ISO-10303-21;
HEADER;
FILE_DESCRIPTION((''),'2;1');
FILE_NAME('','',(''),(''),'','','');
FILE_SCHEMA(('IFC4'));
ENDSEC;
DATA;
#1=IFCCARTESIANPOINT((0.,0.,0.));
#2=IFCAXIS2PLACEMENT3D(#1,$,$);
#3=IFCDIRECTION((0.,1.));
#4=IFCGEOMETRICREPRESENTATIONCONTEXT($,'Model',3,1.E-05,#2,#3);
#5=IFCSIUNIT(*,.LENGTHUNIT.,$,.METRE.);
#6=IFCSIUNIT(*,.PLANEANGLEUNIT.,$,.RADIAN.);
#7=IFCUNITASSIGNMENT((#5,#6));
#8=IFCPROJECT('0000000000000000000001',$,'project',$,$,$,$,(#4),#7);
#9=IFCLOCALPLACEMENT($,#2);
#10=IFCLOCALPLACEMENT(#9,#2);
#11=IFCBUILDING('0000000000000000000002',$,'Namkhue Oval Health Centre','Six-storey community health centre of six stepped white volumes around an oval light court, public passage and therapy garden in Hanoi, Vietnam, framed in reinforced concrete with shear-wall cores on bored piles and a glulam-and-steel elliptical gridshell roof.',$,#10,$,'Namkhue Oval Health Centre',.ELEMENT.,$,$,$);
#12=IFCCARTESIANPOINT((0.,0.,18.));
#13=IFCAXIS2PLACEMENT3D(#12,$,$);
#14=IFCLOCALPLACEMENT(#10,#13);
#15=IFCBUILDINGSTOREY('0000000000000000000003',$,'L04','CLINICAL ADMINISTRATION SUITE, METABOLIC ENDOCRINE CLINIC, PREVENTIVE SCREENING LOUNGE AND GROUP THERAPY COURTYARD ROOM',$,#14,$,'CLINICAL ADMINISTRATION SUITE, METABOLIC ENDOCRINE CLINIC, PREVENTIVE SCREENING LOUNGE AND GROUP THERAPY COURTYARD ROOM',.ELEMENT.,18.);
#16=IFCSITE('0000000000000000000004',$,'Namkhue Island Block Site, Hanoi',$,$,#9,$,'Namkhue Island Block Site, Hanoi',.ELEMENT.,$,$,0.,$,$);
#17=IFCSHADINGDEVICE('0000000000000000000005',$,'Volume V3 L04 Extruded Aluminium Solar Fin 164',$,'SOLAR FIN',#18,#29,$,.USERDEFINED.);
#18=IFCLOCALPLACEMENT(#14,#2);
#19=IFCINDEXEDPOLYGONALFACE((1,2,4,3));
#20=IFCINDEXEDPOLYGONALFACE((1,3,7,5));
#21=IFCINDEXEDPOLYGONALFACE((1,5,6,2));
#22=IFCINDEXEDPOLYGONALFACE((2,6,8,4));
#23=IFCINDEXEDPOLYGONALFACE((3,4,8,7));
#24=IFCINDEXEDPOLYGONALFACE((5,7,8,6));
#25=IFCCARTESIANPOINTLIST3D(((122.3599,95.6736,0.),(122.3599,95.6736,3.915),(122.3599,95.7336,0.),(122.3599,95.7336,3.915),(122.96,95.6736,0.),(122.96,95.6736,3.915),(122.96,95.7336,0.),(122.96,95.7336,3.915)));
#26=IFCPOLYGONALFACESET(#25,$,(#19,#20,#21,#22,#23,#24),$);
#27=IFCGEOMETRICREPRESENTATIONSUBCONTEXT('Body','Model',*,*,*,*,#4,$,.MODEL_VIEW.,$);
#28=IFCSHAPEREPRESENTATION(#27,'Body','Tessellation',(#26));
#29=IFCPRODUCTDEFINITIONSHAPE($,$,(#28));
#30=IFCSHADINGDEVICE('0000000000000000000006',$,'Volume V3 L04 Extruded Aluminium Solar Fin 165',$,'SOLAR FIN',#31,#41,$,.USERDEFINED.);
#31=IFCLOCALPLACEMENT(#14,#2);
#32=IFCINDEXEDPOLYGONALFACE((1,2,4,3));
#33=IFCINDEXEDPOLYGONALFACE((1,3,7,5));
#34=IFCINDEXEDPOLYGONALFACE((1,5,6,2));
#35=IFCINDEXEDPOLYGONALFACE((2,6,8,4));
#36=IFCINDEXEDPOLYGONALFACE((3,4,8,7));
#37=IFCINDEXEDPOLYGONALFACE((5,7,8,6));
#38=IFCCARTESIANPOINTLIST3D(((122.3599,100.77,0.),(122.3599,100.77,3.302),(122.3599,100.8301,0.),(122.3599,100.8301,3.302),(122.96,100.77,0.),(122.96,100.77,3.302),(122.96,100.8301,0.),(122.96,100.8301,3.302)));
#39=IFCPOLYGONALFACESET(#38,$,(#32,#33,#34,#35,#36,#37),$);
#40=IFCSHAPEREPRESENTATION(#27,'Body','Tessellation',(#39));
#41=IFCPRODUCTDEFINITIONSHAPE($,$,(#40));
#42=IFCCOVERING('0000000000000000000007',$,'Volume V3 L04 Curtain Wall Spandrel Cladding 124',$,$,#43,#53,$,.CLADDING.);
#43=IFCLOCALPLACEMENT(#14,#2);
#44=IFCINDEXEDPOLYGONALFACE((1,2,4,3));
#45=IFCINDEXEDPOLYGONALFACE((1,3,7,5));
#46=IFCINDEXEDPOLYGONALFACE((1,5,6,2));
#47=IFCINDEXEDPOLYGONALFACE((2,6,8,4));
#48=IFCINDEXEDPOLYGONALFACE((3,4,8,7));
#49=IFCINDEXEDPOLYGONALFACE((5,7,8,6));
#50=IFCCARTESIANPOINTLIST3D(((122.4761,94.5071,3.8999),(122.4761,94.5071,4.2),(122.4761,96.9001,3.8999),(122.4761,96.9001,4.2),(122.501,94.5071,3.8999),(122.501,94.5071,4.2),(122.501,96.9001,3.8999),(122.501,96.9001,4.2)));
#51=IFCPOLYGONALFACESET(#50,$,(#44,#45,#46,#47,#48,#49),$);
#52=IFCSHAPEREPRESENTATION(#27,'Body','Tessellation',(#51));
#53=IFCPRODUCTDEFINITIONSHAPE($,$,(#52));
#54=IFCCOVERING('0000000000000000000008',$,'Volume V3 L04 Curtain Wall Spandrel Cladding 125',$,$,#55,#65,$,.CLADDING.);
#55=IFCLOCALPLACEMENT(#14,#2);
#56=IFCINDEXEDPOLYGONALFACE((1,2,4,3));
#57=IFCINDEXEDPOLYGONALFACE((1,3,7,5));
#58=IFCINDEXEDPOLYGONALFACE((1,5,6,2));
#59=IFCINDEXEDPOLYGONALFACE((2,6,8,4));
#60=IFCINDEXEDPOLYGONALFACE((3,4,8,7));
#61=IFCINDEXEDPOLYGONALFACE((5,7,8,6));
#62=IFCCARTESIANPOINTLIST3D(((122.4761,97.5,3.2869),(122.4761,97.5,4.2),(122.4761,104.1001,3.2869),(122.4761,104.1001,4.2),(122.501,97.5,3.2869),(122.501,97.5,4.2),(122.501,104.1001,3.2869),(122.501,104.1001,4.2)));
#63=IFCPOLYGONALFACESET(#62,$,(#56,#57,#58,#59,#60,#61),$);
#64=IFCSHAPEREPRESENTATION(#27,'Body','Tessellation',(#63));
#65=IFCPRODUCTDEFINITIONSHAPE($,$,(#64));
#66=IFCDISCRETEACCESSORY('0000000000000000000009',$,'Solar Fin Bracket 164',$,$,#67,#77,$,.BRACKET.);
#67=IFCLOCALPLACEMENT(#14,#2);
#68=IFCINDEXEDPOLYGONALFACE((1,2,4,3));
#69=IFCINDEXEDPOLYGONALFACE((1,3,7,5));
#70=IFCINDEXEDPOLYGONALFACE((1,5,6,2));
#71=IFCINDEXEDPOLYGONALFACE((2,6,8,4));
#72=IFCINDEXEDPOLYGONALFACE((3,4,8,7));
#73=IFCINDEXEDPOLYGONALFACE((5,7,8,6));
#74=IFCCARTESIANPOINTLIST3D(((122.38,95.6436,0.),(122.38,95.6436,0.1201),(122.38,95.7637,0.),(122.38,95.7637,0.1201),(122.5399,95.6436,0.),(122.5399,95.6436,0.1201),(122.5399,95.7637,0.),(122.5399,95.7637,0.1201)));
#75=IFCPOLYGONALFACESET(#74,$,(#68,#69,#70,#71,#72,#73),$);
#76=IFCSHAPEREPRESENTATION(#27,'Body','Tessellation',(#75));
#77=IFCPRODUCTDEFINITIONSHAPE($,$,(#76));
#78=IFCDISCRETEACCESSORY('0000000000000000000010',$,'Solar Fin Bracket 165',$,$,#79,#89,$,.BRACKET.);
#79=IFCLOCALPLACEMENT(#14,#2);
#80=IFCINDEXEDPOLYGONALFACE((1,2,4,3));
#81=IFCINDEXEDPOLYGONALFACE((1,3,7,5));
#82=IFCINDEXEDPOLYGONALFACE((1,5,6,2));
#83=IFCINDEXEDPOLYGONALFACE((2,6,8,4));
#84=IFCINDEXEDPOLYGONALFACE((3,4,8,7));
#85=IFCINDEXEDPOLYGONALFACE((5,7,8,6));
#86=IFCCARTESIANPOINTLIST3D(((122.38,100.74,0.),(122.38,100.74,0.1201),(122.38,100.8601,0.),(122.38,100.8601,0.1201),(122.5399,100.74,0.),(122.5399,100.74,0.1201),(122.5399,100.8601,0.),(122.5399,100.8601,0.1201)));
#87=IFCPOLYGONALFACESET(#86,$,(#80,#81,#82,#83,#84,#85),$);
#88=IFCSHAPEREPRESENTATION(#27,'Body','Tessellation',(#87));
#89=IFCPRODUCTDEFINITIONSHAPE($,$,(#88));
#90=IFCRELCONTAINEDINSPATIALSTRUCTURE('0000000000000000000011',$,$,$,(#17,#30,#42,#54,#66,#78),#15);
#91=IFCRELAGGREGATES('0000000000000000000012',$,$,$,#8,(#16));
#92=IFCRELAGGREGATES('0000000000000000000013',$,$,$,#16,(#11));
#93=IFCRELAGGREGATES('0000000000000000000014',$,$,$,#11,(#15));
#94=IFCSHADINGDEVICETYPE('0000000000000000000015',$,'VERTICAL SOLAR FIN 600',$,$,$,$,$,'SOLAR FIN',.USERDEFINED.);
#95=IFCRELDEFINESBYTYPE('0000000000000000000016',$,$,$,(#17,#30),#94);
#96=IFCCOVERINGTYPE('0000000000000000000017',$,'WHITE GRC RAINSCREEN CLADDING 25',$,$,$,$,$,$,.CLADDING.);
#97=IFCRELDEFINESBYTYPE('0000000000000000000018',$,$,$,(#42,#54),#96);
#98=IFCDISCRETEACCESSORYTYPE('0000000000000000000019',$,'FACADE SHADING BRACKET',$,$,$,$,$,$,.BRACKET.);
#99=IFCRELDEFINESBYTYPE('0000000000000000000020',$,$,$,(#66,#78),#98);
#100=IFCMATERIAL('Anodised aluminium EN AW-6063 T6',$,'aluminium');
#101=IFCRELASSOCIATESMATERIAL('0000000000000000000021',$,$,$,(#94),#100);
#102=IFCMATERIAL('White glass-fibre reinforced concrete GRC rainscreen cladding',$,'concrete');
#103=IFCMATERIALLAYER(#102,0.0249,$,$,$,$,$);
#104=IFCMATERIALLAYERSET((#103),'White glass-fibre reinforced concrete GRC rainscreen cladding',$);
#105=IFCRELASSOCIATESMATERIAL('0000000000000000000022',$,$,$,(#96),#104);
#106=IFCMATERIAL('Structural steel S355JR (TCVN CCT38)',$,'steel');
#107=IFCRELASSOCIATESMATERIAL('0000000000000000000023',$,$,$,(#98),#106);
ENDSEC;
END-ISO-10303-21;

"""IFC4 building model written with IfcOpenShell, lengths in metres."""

from ifc_helpers import new_model, si_unit, direction, frame, origin, origin_2d, place, context, subcontext, project, spatial, rectangle, extrude, material, layer, layer_set, type_object, element, save


model = new_model("IFC4")

# Units and contexts
model_context = context("Model", 3, precision=1e-05, world=origin(), true_north=direction((0.0, 1.0)))
body_context = subcontext(model_context, "Body", "Model", "MODEL_VIEW")
ifc_project = project(units=[si_unit("LENGTHUNIT", "METRE"), si_unit("PLANEANGLEUNIT", "RADIAN")], contexts=[model_context])

# Site, building, storey
site_placement = place(None, origin())
site = spatial("IfcSite", under=ifc_project, at=site_placement, Name="Namkhue Island Block Site, Hanoi", LongName="Namkhue Island Block Site, Hanoi", CompositionType="ELEMENT", RefElevation=0.0)
building_placement = place(site_placement, origin())
building = spatial("IfcBuilding", under=site, at=building_placement, Name="Namkhue Oval Health Centre", Description="Six-storey community health centre of six stepped white volumes around an oval light court, public passage and therapy garden in Hanoi, Vietnam, framed in reinforced concrete with shear-wall cores on bored piles and a glulam-and-steel elliptical gridshell roof.", LongName="Namkhue Oval Health Centre", CompositionType="ELEMENT")
storey_placement = place(building_placement, frame((0.0, 0.0, 18.0)))
storey = spatial("IfcBuildingStorey", under=building, at=storey_placement, Name="L04", Description="CLINICAL ADMINISTRATION SUITE, METABOLIC ENDOCRINE CLINIC, PREVENTIVE SCREENING LOUNGE AND GROUP THERAPY COURTYARD ROOM", LongName="CLINICAL ADMINISTRATION SUITE, METABOLIC ENDOCRINE CLINIC, PREVENTIVE SCREENING LOUNGE AND GROUP THERAPY COURTYARD ROOM", CompositionType="ELEMENT", Elevation=18.0)

# Shared definitions
ifc_material_1 = material(Name="Anodised aluminium EN AW-6063 T6", Category="aluminium")

# Shading devices
shading_device_type = type_object("IfcShadingDeviceType", Name="VERTICAL SOLAR FIN 600", ElementType="SOLAR FIN", PredefinedType="USERDEFINED", material=ifc_material_1)
shading_device_1_placement = place(storey_placement, frame((122.6599, 95.7036, 0.0), z_axis=(0.0, 0.0, 1.0), x_axis=(1.0, 0.0, 0.0)))
element("IfcShadingDevice", 1, at=shading_device_1_placement, inside=storey, type_object=shading_device_type, Name="Volume V3 L04 Extruded Aluminium Solar Fin 164", ObjectType="SOLAR FIN", PredefinedType="USERDEFINED", context=body_context, shape_type="SweptSolid", body=[
    extrude(rectangle(XDim=0.6001, YDim=0.0601, at=origin_2d()), origin(), (0.0, 0.0, 1.0), 3.915),
])
shading_device_2_placement = place(storey_placement, frame((122.6599, 100.8, 0.0), z_axis=(0.0, 0.0, 1.0), x_axis=(1.0, 0.0, 0.0)))
element("IfcShadingDevice", 2, at=shading_device_2_placement, inside=storey, type_object=shading_device_type, Name="Volume V3 L04 Extruded Aluminium Solar Fin 165", ObjectType="SOLAR FIN", PredefinedType="USERDEFINED", context=body_context, shape_type="SweptSolid", body=[
    extrude(rectangle(XDim=0.6001, YDim=0.0601, at=origin_2d()), origin(), (0.0, 0.0, 1.0), 3.302),
])

# Coverings
ifc_material_2 = material(Name="White glass-fibre reinforced concrete GRC rainscreen cladding", Category="concrete")
ifc_layer_1 = layer(ifc_material_2, 0.0249)
ifc_layer_set_1 = layer_set([ifc_layer_1], Name="White glass-fibre reinforced concrete GRC rainscreen cladding")
covering_type = type_object("IfcCoveringType", Name="WHITE GRC RAINSCREEN CLADDING 25", PredefinedType="CLADDING", material=ifc_layer_set_1)
covering_1_placement = place(storey_placement, frame((122.4885, 95.7036, 3.8999), z_axis=(0.0, 0.0, 1.0), x_axis=(0.0, 1.0, 0.0)))
element("IfcCovering", 3, at=covering_1_placement, inside=storey, type_object=covering_type, Name="Volume V3 L04 Curtain Wall Spandrel Cladding 124", PredefinedType="CLADDING", context=body_context, shape_type="SweptSolid", body=[
    extrude(rectangle(XDim=2.3931, YDim=0.0249, at=origin_2d()), origin(), (0.0, 0.0, 1.0), 0.3),
])
covering_2_placement = place(storey_placement, frame((122.4885, 100.8, 3.2869), z_axis=(0.0, 0.0, 1.0), x_axis=(0.0, 1.0, 0.0)))
element("IfcCovering", 4, at=covering_2_placement, inside=storey, type_object=covering_type, Name="Volume V3 L04 Curtain Wall Spandrel Cladding 125", PredefinedType="CLADDING", context=body_context, shape_type="SweptSolid", body=[
    extrude(rectangle(XDim=6.6001, YDim=0.0249, at=origin_2d()), origin(), (0.0, 0.0, 1.0), 0.9131),
])

# Discrete accessories
ifc_material_3 = material(Name="Structural steel S355JR (TCVN CCT38)", Category="steel")
discrete_accessory_type = type_object("IfcDiscreteAccessoryType", Name="FACADE SHADING BRACKET", PredefinedType="BRACKET", material=ifc_material_3)
for number, where, z_axis, x_axis, name in (
    (5, (122.46, 95.7036, 0.0), (0.0, 0.0, 1.0), (1.0, 0.0, 0.0), "Solar Fin Bracket 164"),
    (6, (122.46, 100.8, 0.0), (0.0, 0.0, 1.0), (1.0, 0.0, 0.0), "Solar Fin Bracket 165"),
):
    element("IfcDiscreteAccessory", number, at=place(storey_placement, frame(where, z_axis=z_axis, x_axis=x_axis)), inside=storey, type_object=discrete_accessory_type, Name=name, PredefinedType="BRACKET", context=body_context, shape_type="SweptSolid", body=[
        extrude(rectangle(XDim=0.1599, YDim=0.1201, at=origin_2d()), origin(), (0.0, 0.0, 1.0), 0.1201),
    ])

save(model, "model.ifc")
